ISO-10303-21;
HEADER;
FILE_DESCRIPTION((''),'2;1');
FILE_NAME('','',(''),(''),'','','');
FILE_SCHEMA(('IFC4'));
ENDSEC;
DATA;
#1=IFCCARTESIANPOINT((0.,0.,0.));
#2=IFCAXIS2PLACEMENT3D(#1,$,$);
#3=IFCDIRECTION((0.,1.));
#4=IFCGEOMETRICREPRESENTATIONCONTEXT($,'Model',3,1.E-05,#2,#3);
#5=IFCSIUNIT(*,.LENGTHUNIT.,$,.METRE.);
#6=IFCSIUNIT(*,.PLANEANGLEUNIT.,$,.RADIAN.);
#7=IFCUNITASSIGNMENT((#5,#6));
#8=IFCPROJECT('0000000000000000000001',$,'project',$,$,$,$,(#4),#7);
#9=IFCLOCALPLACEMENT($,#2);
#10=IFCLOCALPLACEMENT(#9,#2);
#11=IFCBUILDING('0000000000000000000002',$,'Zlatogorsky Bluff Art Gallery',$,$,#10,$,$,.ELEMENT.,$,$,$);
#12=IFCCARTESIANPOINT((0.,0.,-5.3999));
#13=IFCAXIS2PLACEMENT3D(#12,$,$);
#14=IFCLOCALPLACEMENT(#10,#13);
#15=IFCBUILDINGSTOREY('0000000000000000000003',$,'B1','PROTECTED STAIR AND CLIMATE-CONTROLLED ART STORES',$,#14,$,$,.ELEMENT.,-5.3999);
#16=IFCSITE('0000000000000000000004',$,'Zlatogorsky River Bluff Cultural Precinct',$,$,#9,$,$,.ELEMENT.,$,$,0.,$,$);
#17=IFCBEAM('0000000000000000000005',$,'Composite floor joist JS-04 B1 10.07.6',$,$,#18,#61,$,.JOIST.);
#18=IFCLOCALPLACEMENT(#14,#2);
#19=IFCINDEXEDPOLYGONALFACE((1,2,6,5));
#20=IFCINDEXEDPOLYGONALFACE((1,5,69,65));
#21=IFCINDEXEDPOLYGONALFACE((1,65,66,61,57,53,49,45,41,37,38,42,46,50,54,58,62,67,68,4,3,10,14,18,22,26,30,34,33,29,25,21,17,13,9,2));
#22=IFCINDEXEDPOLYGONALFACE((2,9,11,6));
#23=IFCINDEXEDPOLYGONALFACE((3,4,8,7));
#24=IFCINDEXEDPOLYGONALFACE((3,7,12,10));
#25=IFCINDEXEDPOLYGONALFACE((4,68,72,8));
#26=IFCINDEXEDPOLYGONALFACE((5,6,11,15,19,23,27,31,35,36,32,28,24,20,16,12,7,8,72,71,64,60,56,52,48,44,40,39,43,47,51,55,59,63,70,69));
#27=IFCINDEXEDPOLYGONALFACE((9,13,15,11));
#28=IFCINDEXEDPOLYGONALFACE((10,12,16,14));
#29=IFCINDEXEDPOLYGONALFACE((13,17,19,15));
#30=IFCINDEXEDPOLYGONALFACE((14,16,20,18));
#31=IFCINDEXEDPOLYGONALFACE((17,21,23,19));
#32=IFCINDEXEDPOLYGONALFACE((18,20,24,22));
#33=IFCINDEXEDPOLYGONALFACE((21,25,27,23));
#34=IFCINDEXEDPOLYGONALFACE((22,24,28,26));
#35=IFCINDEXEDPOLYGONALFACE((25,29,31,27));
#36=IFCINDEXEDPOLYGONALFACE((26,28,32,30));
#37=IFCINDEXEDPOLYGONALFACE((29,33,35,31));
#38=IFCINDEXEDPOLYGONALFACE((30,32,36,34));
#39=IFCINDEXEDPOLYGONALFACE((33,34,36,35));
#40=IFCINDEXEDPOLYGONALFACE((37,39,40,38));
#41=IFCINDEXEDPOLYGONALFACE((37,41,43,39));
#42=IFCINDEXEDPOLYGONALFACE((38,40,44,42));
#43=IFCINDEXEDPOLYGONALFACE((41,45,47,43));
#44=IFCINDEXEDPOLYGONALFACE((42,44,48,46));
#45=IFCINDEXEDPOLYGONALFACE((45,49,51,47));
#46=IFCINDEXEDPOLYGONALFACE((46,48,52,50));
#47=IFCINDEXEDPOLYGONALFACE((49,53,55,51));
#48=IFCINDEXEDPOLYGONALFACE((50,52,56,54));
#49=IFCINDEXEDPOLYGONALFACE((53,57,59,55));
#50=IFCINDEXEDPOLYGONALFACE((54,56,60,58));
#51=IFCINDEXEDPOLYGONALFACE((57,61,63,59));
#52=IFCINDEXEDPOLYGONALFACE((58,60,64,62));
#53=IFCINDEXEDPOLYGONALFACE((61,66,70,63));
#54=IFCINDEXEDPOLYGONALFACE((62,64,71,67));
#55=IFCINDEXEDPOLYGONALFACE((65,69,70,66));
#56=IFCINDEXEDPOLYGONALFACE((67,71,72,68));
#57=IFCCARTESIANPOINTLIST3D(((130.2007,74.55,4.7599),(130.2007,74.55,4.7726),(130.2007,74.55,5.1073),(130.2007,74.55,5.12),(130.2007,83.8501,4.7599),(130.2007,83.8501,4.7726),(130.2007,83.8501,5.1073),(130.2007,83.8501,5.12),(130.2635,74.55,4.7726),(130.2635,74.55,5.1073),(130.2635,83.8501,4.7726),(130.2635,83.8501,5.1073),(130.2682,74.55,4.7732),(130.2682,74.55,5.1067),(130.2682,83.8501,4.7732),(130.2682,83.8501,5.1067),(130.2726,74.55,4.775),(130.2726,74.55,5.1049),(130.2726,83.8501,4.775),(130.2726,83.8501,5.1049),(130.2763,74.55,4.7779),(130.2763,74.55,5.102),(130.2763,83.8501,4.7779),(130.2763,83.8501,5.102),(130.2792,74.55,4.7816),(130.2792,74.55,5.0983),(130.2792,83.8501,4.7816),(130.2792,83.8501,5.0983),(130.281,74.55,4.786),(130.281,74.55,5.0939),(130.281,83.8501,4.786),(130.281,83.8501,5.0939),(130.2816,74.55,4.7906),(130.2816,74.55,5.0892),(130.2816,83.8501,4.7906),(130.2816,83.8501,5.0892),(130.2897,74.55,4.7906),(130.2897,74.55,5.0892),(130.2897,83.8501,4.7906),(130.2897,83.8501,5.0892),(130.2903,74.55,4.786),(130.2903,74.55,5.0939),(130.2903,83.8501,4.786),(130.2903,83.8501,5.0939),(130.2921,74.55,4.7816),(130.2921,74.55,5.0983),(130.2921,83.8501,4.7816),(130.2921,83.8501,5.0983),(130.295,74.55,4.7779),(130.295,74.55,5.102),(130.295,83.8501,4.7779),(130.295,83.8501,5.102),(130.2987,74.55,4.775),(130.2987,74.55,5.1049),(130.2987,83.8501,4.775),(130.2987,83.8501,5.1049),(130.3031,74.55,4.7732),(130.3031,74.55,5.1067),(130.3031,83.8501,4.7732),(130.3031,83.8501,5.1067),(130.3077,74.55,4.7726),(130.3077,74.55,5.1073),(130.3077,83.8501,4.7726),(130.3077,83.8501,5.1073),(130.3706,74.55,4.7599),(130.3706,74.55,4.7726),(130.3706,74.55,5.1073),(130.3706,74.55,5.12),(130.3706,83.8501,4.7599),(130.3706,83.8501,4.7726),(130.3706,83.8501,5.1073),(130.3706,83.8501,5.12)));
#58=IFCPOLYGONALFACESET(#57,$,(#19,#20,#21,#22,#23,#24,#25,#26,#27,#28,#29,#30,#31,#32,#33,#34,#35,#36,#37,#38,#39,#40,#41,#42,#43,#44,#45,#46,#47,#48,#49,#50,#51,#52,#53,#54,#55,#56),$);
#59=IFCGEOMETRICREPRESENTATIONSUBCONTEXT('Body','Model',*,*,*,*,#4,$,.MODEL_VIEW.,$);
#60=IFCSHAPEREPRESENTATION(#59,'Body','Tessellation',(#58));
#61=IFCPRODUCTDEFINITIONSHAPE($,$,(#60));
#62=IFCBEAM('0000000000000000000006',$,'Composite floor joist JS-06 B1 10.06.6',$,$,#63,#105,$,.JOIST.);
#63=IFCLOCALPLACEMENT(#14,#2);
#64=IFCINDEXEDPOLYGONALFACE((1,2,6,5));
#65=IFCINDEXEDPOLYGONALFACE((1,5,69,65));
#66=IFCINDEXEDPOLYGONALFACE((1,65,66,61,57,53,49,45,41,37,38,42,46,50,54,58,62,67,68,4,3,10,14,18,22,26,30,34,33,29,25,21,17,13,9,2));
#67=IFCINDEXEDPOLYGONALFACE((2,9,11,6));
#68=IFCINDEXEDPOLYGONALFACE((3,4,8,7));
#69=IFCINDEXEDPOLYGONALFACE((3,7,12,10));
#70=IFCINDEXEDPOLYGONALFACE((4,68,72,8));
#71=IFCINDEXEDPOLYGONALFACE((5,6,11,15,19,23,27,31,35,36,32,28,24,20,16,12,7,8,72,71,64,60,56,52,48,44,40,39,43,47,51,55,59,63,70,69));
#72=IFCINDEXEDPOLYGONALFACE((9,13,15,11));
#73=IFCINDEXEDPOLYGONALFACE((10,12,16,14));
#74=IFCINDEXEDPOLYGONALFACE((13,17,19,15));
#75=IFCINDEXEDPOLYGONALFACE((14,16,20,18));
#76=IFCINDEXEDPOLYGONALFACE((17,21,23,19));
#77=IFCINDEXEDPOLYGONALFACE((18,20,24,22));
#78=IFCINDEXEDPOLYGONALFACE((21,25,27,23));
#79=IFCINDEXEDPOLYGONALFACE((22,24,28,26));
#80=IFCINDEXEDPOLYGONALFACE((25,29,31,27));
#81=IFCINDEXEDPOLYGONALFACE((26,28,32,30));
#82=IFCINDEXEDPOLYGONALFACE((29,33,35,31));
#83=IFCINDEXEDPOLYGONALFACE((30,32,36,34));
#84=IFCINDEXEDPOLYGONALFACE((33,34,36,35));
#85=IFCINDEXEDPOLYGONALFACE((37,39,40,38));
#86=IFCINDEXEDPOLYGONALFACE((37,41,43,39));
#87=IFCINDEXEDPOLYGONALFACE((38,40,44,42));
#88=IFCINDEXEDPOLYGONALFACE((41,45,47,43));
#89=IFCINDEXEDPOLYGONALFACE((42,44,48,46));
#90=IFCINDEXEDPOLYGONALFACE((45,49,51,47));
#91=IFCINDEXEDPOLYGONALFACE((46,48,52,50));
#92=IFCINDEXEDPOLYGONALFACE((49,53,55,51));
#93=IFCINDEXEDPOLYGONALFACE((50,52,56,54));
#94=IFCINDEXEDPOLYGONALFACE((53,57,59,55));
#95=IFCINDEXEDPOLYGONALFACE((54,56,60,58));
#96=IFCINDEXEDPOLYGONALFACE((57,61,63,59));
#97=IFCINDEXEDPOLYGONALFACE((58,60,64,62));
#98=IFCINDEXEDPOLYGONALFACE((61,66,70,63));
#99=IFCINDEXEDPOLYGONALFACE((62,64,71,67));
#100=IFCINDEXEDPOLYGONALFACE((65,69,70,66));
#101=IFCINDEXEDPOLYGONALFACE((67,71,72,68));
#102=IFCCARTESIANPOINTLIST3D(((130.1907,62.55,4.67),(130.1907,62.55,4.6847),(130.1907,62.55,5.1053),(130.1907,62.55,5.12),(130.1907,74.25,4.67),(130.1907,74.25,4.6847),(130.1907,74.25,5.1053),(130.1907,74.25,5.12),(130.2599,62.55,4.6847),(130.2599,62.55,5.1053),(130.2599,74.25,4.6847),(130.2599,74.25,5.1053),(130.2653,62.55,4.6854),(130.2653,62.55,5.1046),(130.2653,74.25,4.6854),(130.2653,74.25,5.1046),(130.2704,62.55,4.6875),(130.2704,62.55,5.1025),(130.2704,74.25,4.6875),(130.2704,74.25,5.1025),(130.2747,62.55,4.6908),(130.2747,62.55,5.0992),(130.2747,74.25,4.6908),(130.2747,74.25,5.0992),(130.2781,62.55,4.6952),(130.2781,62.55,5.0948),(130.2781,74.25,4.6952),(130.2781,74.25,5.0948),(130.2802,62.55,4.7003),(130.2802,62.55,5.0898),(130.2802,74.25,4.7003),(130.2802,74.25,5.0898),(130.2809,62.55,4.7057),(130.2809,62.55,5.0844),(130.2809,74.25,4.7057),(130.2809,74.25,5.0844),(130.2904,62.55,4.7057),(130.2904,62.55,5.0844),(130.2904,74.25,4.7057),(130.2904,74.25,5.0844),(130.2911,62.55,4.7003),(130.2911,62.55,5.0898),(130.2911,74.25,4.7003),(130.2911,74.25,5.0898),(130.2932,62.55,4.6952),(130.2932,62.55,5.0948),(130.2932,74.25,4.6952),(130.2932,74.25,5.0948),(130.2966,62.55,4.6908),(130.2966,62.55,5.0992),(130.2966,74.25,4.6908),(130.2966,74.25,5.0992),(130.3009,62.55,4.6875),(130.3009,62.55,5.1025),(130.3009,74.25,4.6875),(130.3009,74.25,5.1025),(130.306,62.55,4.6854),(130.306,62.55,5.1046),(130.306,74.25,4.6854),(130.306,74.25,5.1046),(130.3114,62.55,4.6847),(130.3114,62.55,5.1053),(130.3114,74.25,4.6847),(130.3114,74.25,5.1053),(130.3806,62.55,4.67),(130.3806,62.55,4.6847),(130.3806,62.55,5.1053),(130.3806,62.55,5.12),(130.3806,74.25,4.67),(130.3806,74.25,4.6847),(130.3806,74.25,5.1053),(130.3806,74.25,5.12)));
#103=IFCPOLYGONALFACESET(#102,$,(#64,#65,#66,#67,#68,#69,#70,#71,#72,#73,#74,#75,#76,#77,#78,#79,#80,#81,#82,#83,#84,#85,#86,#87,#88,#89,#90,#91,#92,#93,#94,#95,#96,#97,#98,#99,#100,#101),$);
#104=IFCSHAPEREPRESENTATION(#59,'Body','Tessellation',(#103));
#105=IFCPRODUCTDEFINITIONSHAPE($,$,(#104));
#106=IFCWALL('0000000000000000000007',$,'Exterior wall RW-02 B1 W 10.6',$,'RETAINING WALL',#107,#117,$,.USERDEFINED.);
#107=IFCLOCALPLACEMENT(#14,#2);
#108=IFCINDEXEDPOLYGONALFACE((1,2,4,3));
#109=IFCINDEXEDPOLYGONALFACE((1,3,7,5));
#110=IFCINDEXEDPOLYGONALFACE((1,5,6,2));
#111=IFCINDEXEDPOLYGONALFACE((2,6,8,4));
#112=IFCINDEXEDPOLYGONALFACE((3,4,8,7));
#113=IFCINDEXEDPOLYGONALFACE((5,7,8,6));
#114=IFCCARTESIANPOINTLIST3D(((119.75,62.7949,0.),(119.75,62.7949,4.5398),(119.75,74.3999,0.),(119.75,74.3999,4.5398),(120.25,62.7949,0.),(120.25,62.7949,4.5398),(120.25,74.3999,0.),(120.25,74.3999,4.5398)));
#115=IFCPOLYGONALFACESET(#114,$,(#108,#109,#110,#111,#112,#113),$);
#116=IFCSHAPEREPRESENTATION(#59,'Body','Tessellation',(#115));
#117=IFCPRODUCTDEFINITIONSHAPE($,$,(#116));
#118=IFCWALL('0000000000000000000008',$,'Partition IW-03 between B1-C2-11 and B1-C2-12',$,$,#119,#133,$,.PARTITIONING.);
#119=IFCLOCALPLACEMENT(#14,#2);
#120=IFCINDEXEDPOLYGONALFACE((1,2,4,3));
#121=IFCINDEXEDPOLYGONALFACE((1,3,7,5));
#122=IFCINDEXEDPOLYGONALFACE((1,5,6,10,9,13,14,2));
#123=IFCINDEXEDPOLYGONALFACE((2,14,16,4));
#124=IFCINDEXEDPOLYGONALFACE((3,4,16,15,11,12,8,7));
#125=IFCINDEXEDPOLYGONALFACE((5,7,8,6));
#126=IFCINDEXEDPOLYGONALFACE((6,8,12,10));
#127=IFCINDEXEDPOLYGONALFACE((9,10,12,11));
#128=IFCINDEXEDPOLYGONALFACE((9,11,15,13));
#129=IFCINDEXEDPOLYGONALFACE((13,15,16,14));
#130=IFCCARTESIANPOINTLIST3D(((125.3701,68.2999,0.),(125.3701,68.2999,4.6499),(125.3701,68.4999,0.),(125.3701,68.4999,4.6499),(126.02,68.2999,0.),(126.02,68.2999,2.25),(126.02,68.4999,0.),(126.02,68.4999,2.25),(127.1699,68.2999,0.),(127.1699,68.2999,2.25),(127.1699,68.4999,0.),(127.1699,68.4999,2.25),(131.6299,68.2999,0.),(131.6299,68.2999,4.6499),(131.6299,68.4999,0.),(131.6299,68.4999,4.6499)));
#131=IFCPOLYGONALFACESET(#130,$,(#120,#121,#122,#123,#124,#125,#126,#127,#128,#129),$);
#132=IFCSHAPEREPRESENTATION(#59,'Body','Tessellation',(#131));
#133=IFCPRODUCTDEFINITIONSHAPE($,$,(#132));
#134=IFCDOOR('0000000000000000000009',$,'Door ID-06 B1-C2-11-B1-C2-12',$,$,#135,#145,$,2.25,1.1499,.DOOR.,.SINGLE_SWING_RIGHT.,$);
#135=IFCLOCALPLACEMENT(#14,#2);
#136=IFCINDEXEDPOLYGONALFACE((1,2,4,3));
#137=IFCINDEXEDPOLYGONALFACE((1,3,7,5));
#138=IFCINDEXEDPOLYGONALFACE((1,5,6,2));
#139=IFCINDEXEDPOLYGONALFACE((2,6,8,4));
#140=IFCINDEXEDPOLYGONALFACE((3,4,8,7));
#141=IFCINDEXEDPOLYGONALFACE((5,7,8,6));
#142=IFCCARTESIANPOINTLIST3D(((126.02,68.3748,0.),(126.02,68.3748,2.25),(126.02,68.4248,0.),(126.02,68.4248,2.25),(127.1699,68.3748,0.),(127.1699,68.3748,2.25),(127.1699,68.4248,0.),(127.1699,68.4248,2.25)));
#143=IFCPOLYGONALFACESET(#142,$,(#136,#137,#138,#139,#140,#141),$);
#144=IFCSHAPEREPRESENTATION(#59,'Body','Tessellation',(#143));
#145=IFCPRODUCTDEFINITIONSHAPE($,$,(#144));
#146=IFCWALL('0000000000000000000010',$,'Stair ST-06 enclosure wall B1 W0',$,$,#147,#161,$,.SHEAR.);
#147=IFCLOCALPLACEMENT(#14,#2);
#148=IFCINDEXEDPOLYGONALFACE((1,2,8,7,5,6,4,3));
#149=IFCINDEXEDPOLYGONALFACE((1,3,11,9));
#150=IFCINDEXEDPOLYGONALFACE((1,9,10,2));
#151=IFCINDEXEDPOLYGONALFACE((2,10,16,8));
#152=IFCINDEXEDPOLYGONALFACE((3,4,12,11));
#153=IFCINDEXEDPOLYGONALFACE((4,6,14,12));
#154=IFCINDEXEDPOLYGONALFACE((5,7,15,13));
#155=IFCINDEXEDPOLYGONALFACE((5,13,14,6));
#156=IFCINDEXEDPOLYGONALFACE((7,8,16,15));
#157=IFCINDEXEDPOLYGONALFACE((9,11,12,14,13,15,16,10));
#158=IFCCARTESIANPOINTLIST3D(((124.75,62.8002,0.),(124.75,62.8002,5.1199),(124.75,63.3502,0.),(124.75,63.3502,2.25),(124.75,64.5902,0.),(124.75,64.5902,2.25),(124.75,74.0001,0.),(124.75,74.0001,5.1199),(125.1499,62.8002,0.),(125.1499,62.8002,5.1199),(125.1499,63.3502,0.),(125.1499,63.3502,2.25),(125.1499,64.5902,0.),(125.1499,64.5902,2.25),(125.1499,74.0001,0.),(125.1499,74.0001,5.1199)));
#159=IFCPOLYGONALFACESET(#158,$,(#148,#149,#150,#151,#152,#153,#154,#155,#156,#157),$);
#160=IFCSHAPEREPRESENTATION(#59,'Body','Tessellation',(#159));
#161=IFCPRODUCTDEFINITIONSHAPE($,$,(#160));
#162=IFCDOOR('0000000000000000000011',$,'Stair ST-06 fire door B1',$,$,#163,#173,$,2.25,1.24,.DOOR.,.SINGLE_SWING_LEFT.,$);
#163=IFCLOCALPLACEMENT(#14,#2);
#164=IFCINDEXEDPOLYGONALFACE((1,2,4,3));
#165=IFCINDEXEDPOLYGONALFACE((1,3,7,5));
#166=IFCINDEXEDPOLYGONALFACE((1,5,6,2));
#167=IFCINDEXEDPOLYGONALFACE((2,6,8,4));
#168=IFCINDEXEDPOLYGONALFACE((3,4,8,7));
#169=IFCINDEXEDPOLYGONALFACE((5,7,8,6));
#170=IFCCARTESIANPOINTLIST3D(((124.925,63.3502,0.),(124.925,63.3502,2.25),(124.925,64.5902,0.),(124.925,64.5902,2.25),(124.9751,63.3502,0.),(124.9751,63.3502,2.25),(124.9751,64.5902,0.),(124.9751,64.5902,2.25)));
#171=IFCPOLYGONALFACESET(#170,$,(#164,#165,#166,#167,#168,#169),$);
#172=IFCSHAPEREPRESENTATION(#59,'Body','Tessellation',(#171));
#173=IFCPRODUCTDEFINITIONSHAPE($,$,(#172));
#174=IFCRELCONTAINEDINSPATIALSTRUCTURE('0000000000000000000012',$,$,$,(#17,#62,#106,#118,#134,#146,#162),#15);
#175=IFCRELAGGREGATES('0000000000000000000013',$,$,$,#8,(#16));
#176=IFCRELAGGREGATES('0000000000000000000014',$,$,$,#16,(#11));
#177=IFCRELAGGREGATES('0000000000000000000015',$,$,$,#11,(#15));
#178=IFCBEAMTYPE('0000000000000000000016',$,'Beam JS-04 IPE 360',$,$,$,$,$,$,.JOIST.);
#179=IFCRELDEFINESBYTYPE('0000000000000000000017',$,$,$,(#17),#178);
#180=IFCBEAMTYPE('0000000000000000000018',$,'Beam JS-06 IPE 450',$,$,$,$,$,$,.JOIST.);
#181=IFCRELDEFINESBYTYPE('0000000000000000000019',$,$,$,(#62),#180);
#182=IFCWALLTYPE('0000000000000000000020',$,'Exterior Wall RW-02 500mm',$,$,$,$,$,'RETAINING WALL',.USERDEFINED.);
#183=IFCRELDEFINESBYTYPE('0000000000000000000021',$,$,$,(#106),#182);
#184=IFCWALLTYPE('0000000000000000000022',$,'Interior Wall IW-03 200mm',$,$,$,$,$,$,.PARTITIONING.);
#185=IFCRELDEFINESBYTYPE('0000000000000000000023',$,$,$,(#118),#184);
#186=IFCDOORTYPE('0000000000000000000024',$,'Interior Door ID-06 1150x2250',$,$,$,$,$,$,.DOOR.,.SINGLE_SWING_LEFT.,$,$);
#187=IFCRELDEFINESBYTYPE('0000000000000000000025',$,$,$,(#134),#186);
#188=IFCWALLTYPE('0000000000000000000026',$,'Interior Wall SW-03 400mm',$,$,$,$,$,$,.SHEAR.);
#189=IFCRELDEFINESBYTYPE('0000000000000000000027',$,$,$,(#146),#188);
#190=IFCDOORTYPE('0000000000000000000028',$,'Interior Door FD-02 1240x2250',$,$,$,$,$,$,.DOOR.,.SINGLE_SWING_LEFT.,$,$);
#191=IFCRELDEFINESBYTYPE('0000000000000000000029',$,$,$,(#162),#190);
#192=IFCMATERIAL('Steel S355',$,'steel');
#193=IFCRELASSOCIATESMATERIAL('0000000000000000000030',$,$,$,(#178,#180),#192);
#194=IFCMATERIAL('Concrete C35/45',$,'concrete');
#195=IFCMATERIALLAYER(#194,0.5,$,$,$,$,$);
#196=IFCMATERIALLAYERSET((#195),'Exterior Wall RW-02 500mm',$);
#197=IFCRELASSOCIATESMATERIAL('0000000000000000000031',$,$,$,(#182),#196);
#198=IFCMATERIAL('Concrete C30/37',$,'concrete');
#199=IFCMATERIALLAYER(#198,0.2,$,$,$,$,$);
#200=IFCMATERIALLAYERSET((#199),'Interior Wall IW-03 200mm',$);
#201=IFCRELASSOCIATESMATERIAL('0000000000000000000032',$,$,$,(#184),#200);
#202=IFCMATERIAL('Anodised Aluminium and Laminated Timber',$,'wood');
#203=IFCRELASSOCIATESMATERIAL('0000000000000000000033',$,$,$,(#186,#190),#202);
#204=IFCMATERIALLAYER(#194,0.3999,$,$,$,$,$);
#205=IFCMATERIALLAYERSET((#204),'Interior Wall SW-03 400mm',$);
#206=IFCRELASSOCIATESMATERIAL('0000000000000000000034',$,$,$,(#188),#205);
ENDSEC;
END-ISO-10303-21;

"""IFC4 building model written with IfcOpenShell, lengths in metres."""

from ifc_helpers import new_model, si_unit, direction, frame, frame_2d, origin, origin_2d, place, context, subcontext, project, spatial, rectangle, i_section, extrude, material, layer, layer_set, material_profile, profile_set, type_object, element, fill, save


model = new_model("IFC4")

# Units and contexts
model_context = context("Model", 3, precision=1e-05, world=origin(), true_north=direction((0.0, 1.0)))
body_context = subcontext(model_context, "Body", "Model", "MODEL_VIEW")
ifc_project = project(units=[si_unit("LENGTHUNIT", "METRE"), si_unit("PLANEANGLEUNIT", "RADIAN")], contexts=[model_context])

# Site, building, storey
site_placement = place(None, origin())
site = spatial("IfcSite", under=ifc_project, at=site_placement, Name="Zlatogorsky River Bluff Cultural Precinct", CompositionType="ELEMENT", RefElevation=0.0)
building_placement = place(site_placement, origin())
building = spatial("IfcBuilding", under=site, at=building_placement, Name="Zlatogorsky Bluff Art Gallery", CompositionType="ELEMENT")
storey_placement = place(building_placement, frame((0.0, 0.0, -5.3999)))
storey = spatial("IfcBuildingStorey", under=building, at=storey_placement, Name="B1", Description="PROTECTED STAIR AND CLIMATE-CONTROLLED ART STORES", CompositionType="ELEMENT", Elevation=-5.3999)

# Shared definitions
ifc_material_1 = material(Name="Concrete C35/45", Category="concrete")

# Beams
ifc_material_2 = material(Name="Steel S355", Category="steel")
ifc_material_profile_1 = material_profile(ifc_material_2, i_section(OverallWidth=0.1699, OverallDepth=0.3601, WebThickness=0.0081, FlangeThickness=0.0127, FilletRadius=0.0181, at=origin_2d()), Name="IPE 360")
ifc_profile_set_1 = profile_set([ifc_material_profile_1], Name="Steel S355")
beam_type_1 = type_object("IfcBeamType", Name="Beam JS-04 IPE 360", PredefinedType="JOIST", material=ifc_profile_set_1)
for number, where, z_axis, x_axis, name in (
    (1, (130.2856, 74.55, 4.9399), (0.0, 1.0, 0.0), (-1.0, 0.0, 0.0), "Composite floor joist JS-04 B1 10.07.6"),
):
    element("IfcBeam", number, at=place(storey_placement, frame(where, z_axis=z_axis, x_axis=x_axis)), inside=storey, type_object=beam_type_1, Name=name, PredefinedType="JOIST", context=body_context, shape_type="SweptSolid", body=[
        extrude(i_section(OverallWidth=0.1699, OverallDepth=0.3601, WebThickness=0.0081, FlangeThickness=0.0127, FilletRadius=0.0181, at=origin_2d()), origin(), (0.0, 0.0, 1.0), 9.3),
    ])
ifc_material_profile_2 = material_profile(ifc_material_2, i_section(OverallWidth=0.1899, OverallDepth=0.45, WebThickness=0.0095, FlangeThickness=0.0146, FilletRadius=0.021, at=origin_2d()), Name="IPE 450")
ifc_profile_set_2 = profile_set([ifc_material_profile_2], Name="Steel S355")
beam_type_2 = type_object("IfcBeamType", Name="Beam JS-06 IPE 450", PredefinedType="JOIST", material=ifc_profile_set_2)
beam_1_placement = place(storey_placement, frame((130.2856, 62.55, 4.895), z_axis=(0.0, 1.0, 0.0), x_axis=(-1.0, 0.0, 0.0)))
element("IfcBeam", 2, at=beam_1_placement, inside=storey, type_object=beam_type_2, Name="Composite floor joist JS-06 B1 10.06.6", PredefinedType="JOIST", context=body_context, shape_type="SweptSolid", body=[
    extrude(i_section(OverallWidth=0.1899, OverallDepth=0.45, WebThickness=0.0095, FlangeThickness=0.0146, FilletRadius=0.021, at=origin_2d()), origin(), (0.0, 0.0, 1.0), 11.7),
])

# Wall
ifc_layer_1 = layer(ifc_material_1, 0.5)
ifc_layer_set_1 = layer_set([ifc_layer_1], Name="Exterior Wall RW-02 500mm")
wall_type_1 = type_object("IfcWallType", Name="Exterior Wall RW-02 500mm", ElementType="RETAINING WALL", PredefinedType="USERDEFINED", material=ifc_layer_set_1)
wall_1_placement = place(storey_placement, frame((120.0, 74.3999, 0.0), z_axis=(0.0, 0.0, 1.0), x_axis=(0.0, -1.0, 0.0)))
element("IfcWall", 3, at=wall_1_placement, inside=storey, type_object=wall_type_1, Name="Exterior wall RW-02 B1 W 10.6", ObjectType="RETAINING WALL", PredefinedType="USERDEFINED", context=body_context, shape_type="SweptSolid", body=[
    extrude(rectangle(XDim=11.605, YDim=0.5, at=frame_2d((5.8025, 0.0))), origin(), (0.0, 0.0, 1.0), 4.5398),
])

# Walls, openings, doors
ifc_material_3 = material(Name="Concrete C30/37", Category="concrete")
ifc_layer_2 = layer(ifc_material_3, 0.2)
ifc_layer_set_2 = layer_set([ifc_layer_2], Name="Interior Wall IW-03 200mm")
wall_type_2 = type_object("IfcWallType", Name="Interior Wall IW-03 200mm", PredefinedType="PARTITIONING", material=ifc_layer_set_2)
wall_2_placement = place(storey_placement, frame((125.3701, 68.3999, 0.0), z_axis=(0.0, 0.0, 1.0), x_axis=(1.0, 0.0, 0.0)))
wall_2 = element("IfcWall", 4, at=wall_2_placement, inside=storey, type_object=wall_type_2, Name="Partition IW-03 between B1-C2-11 and B1-C2-12", PredefinedType="PARTITIONING", context=body_context, shape_type="SweptSolid", body=[
    extrude(rectangle(XDim=6.2598, YDim=0.2, at=frame_2d((3.1299, 0.0))), origin(), (0.0, 0.0, 1.0), 4.6499),
])
opening_1_placement = place(wall_2_placement, frame((0.6499, 0.0, 0.0)))
opening_1 = element("IfcOpeningElement", 5, at=opening_1_placement, cuts=wall_2, PredefinedType="OPENING", context=body_context, shape_type="SweptSolid", body=[
    extrude(rectangle(XDim=1.1499, YDim=2.25, at=frame_2d((0.575, 1.125))), frame((0.0, 0.1099, 0.0), z_axis=(0.0, -1.0, 0.0), x_axis=(1.0, 0.0, 0.0)), (0.0, 0.0, 1.0), 0.22),
])
ifc_material_4 = material(Name="Anodised Aluminium and Laminated Timber", Category="wood")
door_type_1 = type_object("IfcDoorType", Name="Interior Door ID-06 1150x2250", OperationType="SINGLE_SWING_LEFT", PredefinedType="DOOR", material=ifc_material_4)
door_1_placement = place(opening_1_placement, origin())
door_1 = element("IfcDoor", 6, at=door_1_placement, inside=storey, type_object=door_type_1, Name="Door ID-06 B1-C2-11-B1-C2-12", OperationType="SINGLE_SWING_RIGHT", OverallHeight=2.25, OverallWidth=1.1499, PredefinedType="DOOR", context=body_context, shape_type="SweptSolid", body=[
    extrude(rectangle(XDim=1.1499, YDim=2.25, at=frame_2d((0.575, 1.125))), frame((0.0, 0.0249, 0.0), z_axis=(0.0, -1.0, 0.0), x_axis=(1.0, 0.0, 0.0)), (0.0, 0.0, 1.0), 0.05),
])
fill(opening_1, door_1)
ifc_layer_3 = layer(ifc_material_1, 0.3999)
ifc_layer_set_3 = layer_set([ifc_layer_3], Name="Interior Wall SW-03 400mm")
wall_type_3 = type_object("IfcWallType", Name="Interior Wall SW-03 400mm", PredefinedType="SHEAR", material=ifc_layer_set_3)
wall_3_placement = place(storey_placement, frame((124.95, 62.8, 0.0), z_axis=(0.0, 0.0, 1.0), x_axis=(0.0, 1.0, 0.0)))
wall_3 = element("IfcWall", 7, at=wall_3_placement, inside=storey, type_object=wall_type_3, Name="Stair ST-06 enclosure wall B1 W0", PredefinedType="SHEAR", context=body_context, shape_type="SweptSolid", body=[
    extrude(rectangle(XDim=11.2, YDim=0.3999, at=frame_2d((5.6001, 0.0))), origin(), (0.0, 0.0, 1.0), 5.1199),
])
opening_2_placement = place(wall_3_placement, frame((0.55, 0.0, 0.0)))
opening_2 = element("IfcOpeningElement", 8, at=opening_2_placement, cuts=wall_3, PredefinedType="OPENING", context=body_context, shape_type="SweptSolid", body=[
    extrude(rectangle(XDim=1.24, YDim=2.25, at=frame_2d((0.6201, 1.125))), frame((0.0, 0.21, 0.0), z_axis=(0.0, -1.0, 0.0), x_axis=(1.0, 0.0, 0.0)), (0.0, 0.0, 1.0), 0.4199),
])
door_type_2 = type_object("IfcDoorType", Name="Interior Door FD-02 1240x2250", OperationType="SINGLE_SWING_LEFT", PredefinedType="DOOR", material=ifc_material_4)
door_2_placement = place(opening_2_placement, origin())
door_2 = element("IfcDoor", 9, at=door_2_placement, inside=storey, type_object=door_type_2, Name="Stair ST-06 fire door B1", OperationType="SINGLE_SWING_LEFT", OverallHeight=2.25, OverallWidth=1.24, PredefinedType="DOOR", context=body_context, shape_type="SweptSolid", body=[
    extrude(rectangle(XDim=1.24, YDim=2.25, at=frame_2d((0.6201, 1.125))), frame((0.0, 0.0249, 0.0), z_axis=(0.0, -1.0, 0.0), x_axis=(1.0, 0.0, 0.0)), (0.0, 0.0, 1.0), 0.05),
])
fill(opening_2, door_2)

save(model, "model.ifc")
